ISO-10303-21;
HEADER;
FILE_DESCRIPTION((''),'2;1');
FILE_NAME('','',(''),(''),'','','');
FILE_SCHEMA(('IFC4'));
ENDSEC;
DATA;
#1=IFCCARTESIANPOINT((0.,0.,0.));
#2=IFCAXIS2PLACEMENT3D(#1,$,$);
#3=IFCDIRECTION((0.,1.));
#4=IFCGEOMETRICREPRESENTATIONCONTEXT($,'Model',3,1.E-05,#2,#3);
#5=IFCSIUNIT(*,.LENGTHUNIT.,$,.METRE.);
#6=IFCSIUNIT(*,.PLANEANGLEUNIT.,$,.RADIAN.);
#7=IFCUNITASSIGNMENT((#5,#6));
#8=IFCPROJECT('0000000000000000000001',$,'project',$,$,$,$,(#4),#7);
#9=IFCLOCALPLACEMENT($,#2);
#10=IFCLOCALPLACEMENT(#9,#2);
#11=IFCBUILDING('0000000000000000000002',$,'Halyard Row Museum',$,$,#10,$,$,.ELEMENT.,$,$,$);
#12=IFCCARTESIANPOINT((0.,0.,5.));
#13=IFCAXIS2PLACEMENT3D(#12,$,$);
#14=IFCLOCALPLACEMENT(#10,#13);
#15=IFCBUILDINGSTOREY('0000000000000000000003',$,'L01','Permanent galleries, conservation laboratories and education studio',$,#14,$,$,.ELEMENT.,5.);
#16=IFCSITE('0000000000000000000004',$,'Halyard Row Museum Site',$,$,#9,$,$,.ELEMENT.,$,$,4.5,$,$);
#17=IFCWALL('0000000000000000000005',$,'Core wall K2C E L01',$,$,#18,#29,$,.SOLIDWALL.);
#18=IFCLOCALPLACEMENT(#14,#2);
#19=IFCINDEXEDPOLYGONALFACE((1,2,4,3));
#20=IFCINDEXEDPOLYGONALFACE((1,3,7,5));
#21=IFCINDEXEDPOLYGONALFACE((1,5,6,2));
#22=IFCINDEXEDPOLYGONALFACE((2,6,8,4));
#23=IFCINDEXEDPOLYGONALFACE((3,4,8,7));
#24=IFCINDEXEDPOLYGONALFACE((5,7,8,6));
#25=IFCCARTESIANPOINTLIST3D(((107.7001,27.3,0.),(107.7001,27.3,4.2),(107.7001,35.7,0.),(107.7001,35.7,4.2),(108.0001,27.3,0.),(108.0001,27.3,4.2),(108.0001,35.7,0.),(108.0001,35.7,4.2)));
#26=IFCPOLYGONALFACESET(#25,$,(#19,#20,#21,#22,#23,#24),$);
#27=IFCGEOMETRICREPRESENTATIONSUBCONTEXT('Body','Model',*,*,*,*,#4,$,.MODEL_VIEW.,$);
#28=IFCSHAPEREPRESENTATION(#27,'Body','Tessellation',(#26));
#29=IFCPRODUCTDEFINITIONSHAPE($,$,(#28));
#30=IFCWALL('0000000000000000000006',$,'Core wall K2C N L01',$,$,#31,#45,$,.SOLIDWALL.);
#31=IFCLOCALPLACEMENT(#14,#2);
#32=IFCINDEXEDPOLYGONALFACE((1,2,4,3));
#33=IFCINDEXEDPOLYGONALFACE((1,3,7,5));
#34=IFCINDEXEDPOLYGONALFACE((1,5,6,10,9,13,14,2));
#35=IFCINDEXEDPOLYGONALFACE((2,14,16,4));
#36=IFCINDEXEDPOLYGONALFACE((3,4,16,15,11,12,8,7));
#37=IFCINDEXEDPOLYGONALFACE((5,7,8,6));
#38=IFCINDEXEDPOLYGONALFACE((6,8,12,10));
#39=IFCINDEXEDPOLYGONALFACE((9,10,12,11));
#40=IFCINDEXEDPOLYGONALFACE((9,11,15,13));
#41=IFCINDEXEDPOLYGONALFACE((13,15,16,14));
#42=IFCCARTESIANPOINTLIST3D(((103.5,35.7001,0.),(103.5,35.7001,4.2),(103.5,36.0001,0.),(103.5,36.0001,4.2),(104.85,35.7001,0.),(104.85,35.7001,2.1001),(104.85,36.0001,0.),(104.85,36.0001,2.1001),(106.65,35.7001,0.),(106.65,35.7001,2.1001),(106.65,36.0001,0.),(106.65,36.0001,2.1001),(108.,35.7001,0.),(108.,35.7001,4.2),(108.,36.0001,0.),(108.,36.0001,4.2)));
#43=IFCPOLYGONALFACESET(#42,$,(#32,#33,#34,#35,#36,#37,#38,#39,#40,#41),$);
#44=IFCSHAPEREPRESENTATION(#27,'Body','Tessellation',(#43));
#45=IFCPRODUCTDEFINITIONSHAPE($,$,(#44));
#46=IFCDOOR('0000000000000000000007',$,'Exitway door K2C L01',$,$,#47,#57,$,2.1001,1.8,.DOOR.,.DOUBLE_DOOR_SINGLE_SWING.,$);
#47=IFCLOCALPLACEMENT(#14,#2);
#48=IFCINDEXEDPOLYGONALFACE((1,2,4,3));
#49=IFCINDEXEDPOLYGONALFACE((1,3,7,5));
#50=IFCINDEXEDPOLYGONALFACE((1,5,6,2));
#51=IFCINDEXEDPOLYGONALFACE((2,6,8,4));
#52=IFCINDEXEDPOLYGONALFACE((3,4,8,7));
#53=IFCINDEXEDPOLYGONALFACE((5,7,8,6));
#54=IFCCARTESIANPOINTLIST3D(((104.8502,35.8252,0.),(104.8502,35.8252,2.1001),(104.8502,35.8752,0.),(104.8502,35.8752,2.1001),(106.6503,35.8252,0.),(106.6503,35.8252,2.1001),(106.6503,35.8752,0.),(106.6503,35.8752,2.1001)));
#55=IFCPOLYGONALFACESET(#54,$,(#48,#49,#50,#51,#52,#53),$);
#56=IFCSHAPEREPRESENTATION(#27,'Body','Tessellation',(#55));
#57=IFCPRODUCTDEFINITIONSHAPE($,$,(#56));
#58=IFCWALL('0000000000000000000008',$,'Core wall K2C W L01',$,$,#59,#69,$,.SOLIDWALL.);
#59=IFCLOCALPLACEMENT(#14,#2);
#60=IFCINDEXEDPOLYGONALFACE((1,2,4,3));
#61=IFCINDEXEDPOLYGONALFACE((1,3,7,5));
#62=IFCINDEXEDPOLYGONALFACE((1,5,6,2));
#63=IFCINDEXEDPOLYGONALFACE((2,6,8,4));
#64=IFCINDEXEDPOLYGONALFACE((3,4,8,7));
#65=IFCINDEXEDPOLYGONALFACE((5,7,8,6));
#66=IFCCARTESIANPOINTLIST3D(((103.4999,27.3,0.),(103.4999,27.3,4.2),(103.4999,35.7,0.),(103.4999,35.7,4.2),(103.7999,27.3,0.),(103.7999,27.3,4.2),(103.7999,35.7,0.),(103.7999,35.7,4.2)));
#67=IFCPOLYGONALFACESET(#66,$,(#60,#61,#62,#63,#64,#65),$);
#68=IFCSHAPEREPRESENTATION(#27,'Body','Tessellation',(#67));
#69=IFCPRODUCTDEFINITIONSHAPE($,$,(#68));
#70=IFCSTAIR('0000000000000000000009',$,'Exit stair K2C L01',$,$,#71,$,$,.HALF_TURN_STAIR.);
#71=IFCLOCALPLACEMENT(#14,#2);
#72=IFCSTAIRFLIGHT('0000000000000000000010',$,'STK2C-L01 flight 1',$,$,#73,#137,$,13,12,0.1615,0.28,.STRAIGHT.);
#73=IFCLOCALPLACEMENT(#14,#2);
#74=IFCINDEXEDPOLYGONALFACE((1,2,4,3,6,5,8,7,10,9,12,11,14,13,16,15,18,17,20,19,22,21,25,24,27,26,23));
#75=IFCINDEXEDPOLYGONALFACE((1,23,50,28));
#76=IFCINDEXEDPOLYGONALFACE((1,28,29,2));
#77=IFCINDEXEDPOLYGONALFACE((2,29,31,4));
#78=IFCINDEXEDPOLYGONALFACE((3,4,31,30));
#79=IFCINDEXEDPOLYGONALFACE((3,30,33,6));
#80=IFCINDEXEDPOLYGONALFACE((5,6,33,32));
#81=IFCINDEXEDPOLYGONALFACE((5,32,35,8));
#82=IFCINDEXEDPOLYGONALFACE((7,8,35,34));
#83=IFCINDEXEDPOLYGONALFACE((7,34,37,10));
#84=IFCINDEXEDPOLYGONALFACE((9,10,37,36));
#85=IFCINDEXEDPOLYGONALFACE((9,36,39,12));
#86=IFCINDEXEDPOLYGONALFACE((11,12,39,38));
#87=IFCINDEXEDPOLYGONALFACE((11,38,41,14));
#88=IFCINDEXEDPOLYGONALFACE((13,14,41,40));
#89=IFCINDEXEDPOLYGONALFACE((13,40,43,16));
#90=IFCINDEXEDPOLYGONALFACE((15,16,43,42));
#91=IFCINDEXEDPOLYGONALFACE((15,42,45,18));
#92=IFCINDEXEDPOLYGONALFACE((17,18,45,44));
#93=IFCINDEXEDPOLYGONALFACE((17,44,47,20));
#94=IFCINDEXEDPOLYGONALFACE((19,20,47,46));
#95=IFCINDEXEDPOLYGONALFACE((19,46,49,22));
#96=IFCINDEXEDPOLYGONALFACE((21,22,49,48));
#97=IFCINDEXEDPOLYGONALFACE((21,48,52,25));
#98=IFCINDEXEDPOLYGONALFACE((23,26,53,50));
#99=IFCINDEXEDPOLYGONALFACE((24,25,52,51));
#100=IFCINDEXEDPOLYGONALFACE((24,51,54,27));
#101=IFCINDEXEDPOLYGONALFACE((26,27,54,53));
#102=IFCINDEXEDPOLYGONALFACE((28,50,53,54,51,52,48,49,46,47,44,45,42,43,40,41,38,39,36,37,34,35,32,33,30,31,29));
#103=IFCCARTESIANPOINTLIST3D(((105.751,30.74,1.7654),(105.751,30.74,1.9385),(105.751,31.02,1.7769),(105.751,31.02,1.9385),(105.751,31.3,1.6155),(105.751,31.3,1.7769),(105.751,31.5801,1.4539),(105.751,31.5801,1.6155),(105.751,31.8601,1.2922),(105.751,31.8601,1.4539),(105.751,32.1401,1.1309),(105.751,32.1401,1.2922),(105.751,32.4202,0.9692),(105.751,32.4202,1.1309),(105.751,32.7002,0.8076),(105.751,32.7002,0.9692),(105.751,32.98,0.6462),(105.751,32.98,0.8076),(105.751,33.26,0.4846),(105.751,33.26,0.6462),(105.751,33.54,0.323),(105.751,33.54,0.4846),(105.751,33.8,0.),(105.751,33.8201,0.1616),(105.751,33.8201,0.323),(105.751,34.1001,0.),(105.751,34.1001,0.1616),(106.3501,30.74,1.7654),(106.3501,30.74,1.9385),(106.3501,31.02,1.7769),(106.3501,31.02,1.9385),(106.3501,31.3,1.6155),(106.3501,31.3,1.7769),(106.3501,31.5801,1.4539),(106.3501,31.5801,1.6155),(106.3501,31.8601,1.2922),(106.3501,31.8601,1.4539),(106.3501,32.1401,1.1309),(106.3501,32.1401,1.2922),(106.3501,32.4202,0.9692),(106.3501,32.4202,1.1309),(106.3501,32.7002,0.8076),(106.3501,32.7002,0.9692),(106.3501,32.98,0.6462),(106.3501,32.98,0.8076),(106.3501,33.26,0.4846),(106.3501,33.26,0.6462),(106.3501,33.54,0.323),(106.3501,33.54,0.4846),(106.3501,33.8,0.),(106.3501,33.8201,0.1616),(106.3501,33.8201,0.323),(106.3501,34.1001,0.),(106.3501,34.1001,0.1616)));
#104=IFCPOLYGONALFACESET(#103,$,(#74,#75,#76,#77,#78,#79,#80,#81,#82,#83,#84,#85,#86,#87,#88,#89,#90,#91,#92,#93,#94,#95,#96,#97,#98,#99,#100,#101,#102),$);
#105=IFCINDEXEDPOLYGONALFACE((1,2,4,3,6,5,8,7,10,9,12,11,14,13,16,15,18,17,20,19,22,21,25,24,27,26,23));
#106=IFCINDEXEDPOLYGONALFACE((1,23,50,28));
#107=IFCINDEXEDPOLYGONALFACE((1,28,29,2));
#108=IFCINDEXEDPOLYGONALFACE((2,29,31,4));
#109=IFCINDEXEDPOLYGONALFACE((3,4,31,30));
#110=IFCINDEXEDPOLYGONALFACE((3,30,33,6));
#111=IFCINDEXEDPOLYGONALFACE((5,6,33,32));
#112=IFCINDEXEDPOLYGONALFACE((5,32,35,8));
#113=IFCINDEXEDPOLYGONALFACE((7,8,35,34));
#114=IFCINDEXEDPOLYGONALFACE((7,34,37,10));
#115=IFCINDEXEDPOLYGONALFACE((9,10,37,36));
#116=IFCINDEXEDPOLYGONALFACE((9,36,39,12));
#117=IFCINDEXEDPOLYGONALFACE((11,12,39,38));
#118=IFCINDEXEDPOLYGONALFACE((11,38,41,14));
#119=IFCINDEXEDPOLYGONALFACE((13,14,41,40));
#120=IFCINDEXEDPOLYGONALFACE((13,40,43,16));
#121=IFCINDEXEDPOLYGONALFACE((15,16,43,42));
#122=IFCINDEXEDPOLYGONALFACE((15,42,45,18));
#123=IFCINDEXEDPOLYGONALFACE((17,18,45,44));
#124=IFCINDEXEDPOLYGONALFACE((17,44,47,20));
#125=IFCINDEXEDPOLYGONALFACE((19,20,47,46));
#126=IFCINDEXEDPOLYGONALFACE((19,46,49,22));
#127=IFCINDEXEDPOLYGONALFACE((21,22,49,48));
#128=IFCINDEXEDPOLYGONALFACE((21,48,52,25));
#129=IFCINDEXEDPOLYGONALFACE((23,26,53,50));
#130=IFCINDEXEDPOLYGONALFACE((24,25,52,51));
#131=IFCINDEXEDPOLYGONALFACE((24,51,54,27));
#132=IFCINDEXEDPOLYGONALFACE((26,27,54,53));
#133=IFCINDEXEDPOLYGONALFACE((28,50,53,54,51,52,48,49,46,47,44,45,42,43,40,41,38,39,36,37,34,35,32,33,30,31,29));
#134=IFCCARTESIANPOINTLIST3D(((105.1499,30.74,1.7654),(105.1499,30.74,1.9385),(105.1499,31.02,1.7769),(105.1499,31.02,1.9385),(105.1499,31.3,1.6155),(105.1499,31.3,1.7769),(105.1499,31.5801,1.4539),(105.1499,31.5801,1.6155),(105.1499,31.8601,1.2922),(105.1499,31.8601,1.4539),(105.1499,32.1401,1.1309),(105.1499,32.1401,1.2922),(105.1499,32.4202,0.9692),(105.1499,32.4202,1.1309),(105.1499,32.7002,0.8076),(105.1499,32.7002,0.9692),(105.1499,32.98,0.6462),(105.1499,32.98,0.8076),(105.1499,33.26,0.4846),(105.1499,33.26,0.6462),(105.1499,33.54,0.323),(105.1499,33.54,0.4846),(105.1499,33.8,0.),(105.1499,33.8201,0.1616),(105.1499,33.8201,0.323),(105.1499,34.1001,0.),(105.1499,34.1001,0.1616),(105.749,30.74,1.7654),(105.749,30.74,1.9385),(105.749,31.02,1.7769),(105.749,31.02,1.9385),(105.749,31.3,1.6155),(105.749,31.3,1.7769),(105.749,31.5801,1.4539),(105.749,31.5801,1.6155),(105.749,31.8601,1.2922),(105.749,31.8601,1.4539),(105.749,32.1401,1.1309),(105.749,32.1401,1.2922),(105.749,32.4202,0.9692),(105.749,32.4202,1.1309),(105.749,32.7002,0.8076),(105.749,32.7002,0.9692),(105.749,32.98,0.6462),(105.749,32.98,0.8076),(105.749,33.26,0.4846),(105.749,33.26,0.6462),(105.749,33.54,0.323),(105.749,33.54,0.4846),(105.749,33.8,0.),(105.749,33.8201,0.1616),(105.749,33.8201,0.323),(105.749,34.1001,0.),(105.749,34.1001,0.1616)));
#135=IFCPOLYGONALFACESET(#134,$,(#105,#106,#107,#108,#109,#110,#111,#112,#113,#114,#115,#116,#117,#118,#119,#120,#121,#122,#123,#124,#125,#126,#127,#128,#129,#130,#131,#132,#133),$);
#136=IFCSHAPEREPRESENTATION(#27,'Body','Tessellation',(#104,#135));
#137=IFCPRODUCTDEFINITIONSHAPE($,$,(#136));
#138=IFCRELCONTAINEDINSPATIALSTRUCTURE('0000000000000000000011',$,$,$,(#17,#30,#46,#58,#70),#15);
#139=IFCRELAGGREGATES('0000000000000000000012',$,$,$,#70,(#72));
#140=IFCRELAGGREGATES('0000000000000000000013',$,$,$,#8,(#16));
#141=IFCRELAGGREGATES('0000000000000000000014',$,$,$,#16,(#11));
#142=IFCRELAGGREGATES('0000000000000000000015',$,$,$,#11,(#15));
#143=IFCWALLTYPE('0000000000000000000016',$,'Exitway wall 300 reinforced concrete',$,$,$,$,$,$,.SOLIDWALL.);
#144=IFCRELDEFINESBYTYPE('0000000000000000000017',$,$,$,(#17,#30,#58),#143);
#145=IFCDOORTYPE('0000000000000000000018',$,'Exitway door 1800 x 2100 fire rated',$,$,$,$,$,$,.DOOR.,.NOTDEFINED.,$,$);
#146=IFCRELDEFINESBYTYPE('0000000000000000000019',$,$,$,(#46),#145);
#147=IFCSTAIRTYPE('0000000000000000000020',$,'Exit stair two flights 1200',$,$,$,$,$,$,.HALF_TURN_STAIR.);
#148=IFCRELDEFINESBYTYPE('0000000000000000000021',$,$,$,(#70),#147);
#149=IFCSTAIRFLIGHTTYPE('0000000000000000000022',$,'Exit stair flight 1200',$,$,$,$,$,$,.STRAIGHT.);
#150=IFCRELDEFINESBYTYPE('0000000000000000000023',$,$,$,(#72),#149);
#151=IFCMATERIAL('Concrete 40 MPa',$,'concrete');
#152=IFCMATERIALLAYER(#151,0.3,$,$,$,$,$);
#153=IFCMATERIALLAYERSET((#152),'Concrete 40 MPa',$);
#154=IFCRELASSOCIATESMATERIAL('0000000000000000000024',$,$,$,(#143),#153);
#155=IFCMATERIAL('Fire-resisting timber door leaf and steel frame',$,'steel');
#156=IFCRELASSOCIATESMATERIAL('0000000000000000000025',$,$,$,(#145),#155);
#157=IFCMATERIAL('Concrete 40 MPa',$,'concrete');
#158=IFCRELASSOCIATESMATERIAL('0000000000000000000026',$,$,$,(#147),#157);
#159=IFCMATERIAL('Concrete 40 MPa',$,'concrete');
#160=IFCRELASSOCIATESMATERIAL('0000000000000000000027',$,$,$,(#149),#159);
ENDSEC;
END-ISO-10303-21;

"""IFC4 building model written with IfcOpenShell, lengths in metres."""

from ifc_helpers import new_model, si_unit, direction, frame, frame_2d, origin, place, context, subcontext, project, spatial, polyline, rectangle, outline, extrude, material, layer, layer_set, type_object, element, fill, aggregate, save


model = new_model("IFC4")

# Units and contexts
model_context = context("Model", 3, precision=1e-05, world=origin(), true_north=direction((0.0, 1.0)))
body_context = subcontext(model_context, "Body", "Model", "MODEL_VIEW")
ifc_project = project(units=[si_unit("LENGTHUNIT", "METRE"), si_unit("PLANEANGLEUNIT", "RADIAN")], contexts=[model_context])

# Site, building, storey
site_placement = place(None, origin())
site = spatial("IfcSite", under=ifc_project, at=site_placement, Name="Halyard Row Museum Site", CompositionType="ELEMENT", RefElevation=4.5)
building_placement = place(site_placement, origin())
building = spatial("IfcBuilding", under=site, at=building_placement, Name="Halyard Row Museum", CompositionType="ELEMENT")
storey_placement = place(building_placement, frame((0.0, 0.0, 5.0)))
storey = spatial("IfcBuildingStorey", under=building, at=storey_placement, Name="L01", Description="Permanent galleries, conservation laboratories and education studio", CompositionType="ELEMENT", Elevation=5.0)

# Wall
ifc_material_1 = material(Name="Concrete 40 MPa", Category="concrete")
ifc_layer_1 = layer(ifc_material_1, 0.3)
ifc_layer_set_1 = layer_set([ifc_layer_1], Name="Concrete 40 MPa")
wall_type = type_object("IfcWallType", Name="Exitway wall 300 reinforced concrete", PredefinedType="SOLIDWALL", material=ifc_layer_set_1)
wall_1_placement = place(storey_placement, frame((107.8501, 27.3, 0.0), z_axis=(0.0, 0.0, 1.0), x_axis=(0.0, 1.0, 0.0)))
element("IfcWall", 1, at=wall_1_placement, inside=storey, type_object=wall_type, Name="Core wall K2C E L01", PredefinedType="SOLIDWALL", context=body_context, shape_type="SweptSolid", body=[
    extrude(rectangle(XDim=8.3999, YDim=0.3, at=frame_2d((4.2, 0.0))), origin(), (0.0, 0.0, 1.0), 4.2),
])

# Wall, opening, door
wall_2_placement = place(storey_placement, frame((103.5, 35.8501, 0.0), z_axis=(0.0, 0.0, 1.0), x_axis=(1.0, 0.0, 0.0)))
wall_2 = element("IfcWall", 2, at=wall_2_placement, inside=storey, type_object=wall_type, Name="Core wall K2C N L01", PredefinedType="SOLIDWALL", context=body_context, shape_type="SweptSolid", body=[
    extrude(rectangle(XDim=4.5, YDim=0.3, at=frame_2d((2.25, 0.0))), origin(), (0.0, 0.0, 1.0), 4.2),
])
opening_placement = place(wall_2_placement, frame((1.3501, 0.0, 0.0)))
opening = element("IfcOpeningElement", 3, at=opening_placement, cuts=wall_2, PredefinedType="OPENING", context=body_context, shape_type="SweptSolid", body=[
    extrude(rectangle(XDim=1.8, YDim=2.1001, at=frame_2d((0.8999, 1.05))), frame((0.0, 0.1599, 0.0), z_axis=(0.0, -1.0, 0.0), x_axis=(1.0, 0.0, 0.0)), (0.0, 0.0, 1.0), 0.3201),
])
ifc_material_2 = material(Name="Fire-resisting timber door leaf and steel frame", Category="steel")
door_type = type_object("IfcDoorType", Name="Exitway door 1800 x 2100 fire rated", OperationType="NOTDEFINED", PredefinedType="DOOR", material=ifc_material_2)
door_placement = place(opening_placement, frame((1.8, 0.0, 0.0), z_axis=(0.0, 0.0, 1.0), x_axis=(-1.0, 0.0, 0.0)))
door = element("IfcDoor", 4, at=door_placement, inside=storey, type_object=door_type, Name="Exitway door K2C L01", OperationType="DOUBLE_DOOR_SINGLE_SWING", OverallHeight=2.1001, OverallWidth=1.8, PredefinedType="DOOR", context=body_context, shape_type="SweptSolid", body=[
    extrude(rectangle(XDim=1.8, YDim=2.1001, at=frame_2d((0.8999, 1.05))), frame((0.0, 0.0249, 0.0), z_axis=(0.0, -1.0, 0.0), x_axis=(1.0, 0.0, 0.0)), (0.0, 0.0, 1.0), 0.05),
])
fill(opening, door)

# Wall
wall_3_placement = place(storey_placement, frame((103.6499, 27.3, 0.0), z_axis=(0.0, 0.0, 1.0), x_axis=(0.0, 1.0, 0.0)))
element("IfcWall", 5, at=wall_3_placement, inside=storey, type_object=wall_type, Name="Core wall K2C W L01", PredefinedType="SOLIDWALL", context=body_context, shape_type="SweptSolid", body=[
    extrude(rectangle(XDim=8.3999, YDim=0.3, at=frame_2d((4.2, 0.0))), origin(), (0.0, 0.0, 1.0), 4.2),
])

# Stair, stair flight
ifc_material_3 = material(Name="Concrete 40 MPa", Category="concrete")
stair_type = type_object("IfcStairType", Name="Exit stair two flights 1200", PredefinedType="HALF_TURN_STAIR", material=ifc_material_3)
stair_placement = place(storey_placement, origin())
stair = element("IfcStair", 6, at=stair_placement, inside=storey, type_object=stair_type, Name="Exit stair K2C L01", PredefinedType="HALF_TURN_STAIR")
ifc_material_4 = material(Name="Concrete 40 MPa", Category="concrete")
stair_flight_type = type_object("IfcStairFlightType", Name="Exit stair flight 1200", PredefinedType="STRAIGHT", material=ifc_material_4)
stair_flight_1_placement = place(storey_placement, frame((105.75, 34.1001, 0.0), z_axis=(0.0, 0.0, 1.0), x_axis=(0.0, -1.0, 0.0)))
stair_flight_1 = element("IfcStairFlight", 7, at=stair_flight_1_placement, type_object=stair_flight_type, Name="STK2C-L01 flight 1", NumberOfRisers=13, NumberOfTreads=12, PredefinedType="STRAIGHT", RiserHeight=0.1615, TreadLength=0.28, context=body_context, shape_type="SweptSolid", body=[
    extrude(outline(polyline([(0.0, 0.0), (0.0, 0.1616), (0.28, 0.1616), (0.28, 0.323), (0.5601, 0.323), (0.5601, 0.4846), (0.8401, 0.4846), (0.8401, 0.6462), (1.1201, 0.6462), (1.1201, 0.8076), (1.3999, 0.8076), (1.3999, 0.9692), (1.6799, 0.9692), (1.6799, 1.1309), (1.96, 1.1309), (1.96, 1.2922), (2.24, 1.2922), (2.24, 1.4539), (2.52, 1.4539), (2.52, 1.6155), (2.8, 1.6155), (2.8, 1.7769), (3.0801, 1.7769), (3.0801, 1.9385), (3.3601, 1.9385), (3.3601, 2.1001), (3.3601, 1.7654), (0.3, 0.0), (0.0, 0.0)])), frame((0.0, 0.6001, 0.0), z_axis=(0.0, -1.0, 0.0), x_axis=(1.0, 0.0, 0.0)), (0.0, 0.0, 1.0), 0.5991),
    extrude(outline(polyline([(0.0, 0.0), (0.0, 0.1616), (0.28, 0.1616), (0.28, 0.323), (0.5601, 0.323), (0.5601, 0.4846), (0.8401, 0.4846), (0.8401, 0.6462), (1.1201, 0.6462), (1.1201, 0.8076), (1.3999, 0.8076), (1.3999, 0.9692), (1.6799, 0.9692), (1.6799, 1.1309), (1.96, 1.1309), (1.96, 1.2922), (2.24, 1.2922), (2.24, 1.4539), (2.52, 1.4539), (2.52, 1.6155), (2.8, 1.6155), (2.8, 1.7769), (3.0801, 1.7769), (3.0801, 1.9385), (3.3601, 1.9385), (3.3601, 2.1001), (3.3601, 1.7654), (0.3, 0.0), (0.0, 0.0)])), frame((0.0, -0.001, 0.0), z_axis=(0.0, -1.0, 0.0), x_axis=(1.0, 0.0, 0.0)), (0.0, 0.0, 1.0), 0.5991),
])
aggregate(stair, [stair_flight_1])

save(model, "model.ifc")
